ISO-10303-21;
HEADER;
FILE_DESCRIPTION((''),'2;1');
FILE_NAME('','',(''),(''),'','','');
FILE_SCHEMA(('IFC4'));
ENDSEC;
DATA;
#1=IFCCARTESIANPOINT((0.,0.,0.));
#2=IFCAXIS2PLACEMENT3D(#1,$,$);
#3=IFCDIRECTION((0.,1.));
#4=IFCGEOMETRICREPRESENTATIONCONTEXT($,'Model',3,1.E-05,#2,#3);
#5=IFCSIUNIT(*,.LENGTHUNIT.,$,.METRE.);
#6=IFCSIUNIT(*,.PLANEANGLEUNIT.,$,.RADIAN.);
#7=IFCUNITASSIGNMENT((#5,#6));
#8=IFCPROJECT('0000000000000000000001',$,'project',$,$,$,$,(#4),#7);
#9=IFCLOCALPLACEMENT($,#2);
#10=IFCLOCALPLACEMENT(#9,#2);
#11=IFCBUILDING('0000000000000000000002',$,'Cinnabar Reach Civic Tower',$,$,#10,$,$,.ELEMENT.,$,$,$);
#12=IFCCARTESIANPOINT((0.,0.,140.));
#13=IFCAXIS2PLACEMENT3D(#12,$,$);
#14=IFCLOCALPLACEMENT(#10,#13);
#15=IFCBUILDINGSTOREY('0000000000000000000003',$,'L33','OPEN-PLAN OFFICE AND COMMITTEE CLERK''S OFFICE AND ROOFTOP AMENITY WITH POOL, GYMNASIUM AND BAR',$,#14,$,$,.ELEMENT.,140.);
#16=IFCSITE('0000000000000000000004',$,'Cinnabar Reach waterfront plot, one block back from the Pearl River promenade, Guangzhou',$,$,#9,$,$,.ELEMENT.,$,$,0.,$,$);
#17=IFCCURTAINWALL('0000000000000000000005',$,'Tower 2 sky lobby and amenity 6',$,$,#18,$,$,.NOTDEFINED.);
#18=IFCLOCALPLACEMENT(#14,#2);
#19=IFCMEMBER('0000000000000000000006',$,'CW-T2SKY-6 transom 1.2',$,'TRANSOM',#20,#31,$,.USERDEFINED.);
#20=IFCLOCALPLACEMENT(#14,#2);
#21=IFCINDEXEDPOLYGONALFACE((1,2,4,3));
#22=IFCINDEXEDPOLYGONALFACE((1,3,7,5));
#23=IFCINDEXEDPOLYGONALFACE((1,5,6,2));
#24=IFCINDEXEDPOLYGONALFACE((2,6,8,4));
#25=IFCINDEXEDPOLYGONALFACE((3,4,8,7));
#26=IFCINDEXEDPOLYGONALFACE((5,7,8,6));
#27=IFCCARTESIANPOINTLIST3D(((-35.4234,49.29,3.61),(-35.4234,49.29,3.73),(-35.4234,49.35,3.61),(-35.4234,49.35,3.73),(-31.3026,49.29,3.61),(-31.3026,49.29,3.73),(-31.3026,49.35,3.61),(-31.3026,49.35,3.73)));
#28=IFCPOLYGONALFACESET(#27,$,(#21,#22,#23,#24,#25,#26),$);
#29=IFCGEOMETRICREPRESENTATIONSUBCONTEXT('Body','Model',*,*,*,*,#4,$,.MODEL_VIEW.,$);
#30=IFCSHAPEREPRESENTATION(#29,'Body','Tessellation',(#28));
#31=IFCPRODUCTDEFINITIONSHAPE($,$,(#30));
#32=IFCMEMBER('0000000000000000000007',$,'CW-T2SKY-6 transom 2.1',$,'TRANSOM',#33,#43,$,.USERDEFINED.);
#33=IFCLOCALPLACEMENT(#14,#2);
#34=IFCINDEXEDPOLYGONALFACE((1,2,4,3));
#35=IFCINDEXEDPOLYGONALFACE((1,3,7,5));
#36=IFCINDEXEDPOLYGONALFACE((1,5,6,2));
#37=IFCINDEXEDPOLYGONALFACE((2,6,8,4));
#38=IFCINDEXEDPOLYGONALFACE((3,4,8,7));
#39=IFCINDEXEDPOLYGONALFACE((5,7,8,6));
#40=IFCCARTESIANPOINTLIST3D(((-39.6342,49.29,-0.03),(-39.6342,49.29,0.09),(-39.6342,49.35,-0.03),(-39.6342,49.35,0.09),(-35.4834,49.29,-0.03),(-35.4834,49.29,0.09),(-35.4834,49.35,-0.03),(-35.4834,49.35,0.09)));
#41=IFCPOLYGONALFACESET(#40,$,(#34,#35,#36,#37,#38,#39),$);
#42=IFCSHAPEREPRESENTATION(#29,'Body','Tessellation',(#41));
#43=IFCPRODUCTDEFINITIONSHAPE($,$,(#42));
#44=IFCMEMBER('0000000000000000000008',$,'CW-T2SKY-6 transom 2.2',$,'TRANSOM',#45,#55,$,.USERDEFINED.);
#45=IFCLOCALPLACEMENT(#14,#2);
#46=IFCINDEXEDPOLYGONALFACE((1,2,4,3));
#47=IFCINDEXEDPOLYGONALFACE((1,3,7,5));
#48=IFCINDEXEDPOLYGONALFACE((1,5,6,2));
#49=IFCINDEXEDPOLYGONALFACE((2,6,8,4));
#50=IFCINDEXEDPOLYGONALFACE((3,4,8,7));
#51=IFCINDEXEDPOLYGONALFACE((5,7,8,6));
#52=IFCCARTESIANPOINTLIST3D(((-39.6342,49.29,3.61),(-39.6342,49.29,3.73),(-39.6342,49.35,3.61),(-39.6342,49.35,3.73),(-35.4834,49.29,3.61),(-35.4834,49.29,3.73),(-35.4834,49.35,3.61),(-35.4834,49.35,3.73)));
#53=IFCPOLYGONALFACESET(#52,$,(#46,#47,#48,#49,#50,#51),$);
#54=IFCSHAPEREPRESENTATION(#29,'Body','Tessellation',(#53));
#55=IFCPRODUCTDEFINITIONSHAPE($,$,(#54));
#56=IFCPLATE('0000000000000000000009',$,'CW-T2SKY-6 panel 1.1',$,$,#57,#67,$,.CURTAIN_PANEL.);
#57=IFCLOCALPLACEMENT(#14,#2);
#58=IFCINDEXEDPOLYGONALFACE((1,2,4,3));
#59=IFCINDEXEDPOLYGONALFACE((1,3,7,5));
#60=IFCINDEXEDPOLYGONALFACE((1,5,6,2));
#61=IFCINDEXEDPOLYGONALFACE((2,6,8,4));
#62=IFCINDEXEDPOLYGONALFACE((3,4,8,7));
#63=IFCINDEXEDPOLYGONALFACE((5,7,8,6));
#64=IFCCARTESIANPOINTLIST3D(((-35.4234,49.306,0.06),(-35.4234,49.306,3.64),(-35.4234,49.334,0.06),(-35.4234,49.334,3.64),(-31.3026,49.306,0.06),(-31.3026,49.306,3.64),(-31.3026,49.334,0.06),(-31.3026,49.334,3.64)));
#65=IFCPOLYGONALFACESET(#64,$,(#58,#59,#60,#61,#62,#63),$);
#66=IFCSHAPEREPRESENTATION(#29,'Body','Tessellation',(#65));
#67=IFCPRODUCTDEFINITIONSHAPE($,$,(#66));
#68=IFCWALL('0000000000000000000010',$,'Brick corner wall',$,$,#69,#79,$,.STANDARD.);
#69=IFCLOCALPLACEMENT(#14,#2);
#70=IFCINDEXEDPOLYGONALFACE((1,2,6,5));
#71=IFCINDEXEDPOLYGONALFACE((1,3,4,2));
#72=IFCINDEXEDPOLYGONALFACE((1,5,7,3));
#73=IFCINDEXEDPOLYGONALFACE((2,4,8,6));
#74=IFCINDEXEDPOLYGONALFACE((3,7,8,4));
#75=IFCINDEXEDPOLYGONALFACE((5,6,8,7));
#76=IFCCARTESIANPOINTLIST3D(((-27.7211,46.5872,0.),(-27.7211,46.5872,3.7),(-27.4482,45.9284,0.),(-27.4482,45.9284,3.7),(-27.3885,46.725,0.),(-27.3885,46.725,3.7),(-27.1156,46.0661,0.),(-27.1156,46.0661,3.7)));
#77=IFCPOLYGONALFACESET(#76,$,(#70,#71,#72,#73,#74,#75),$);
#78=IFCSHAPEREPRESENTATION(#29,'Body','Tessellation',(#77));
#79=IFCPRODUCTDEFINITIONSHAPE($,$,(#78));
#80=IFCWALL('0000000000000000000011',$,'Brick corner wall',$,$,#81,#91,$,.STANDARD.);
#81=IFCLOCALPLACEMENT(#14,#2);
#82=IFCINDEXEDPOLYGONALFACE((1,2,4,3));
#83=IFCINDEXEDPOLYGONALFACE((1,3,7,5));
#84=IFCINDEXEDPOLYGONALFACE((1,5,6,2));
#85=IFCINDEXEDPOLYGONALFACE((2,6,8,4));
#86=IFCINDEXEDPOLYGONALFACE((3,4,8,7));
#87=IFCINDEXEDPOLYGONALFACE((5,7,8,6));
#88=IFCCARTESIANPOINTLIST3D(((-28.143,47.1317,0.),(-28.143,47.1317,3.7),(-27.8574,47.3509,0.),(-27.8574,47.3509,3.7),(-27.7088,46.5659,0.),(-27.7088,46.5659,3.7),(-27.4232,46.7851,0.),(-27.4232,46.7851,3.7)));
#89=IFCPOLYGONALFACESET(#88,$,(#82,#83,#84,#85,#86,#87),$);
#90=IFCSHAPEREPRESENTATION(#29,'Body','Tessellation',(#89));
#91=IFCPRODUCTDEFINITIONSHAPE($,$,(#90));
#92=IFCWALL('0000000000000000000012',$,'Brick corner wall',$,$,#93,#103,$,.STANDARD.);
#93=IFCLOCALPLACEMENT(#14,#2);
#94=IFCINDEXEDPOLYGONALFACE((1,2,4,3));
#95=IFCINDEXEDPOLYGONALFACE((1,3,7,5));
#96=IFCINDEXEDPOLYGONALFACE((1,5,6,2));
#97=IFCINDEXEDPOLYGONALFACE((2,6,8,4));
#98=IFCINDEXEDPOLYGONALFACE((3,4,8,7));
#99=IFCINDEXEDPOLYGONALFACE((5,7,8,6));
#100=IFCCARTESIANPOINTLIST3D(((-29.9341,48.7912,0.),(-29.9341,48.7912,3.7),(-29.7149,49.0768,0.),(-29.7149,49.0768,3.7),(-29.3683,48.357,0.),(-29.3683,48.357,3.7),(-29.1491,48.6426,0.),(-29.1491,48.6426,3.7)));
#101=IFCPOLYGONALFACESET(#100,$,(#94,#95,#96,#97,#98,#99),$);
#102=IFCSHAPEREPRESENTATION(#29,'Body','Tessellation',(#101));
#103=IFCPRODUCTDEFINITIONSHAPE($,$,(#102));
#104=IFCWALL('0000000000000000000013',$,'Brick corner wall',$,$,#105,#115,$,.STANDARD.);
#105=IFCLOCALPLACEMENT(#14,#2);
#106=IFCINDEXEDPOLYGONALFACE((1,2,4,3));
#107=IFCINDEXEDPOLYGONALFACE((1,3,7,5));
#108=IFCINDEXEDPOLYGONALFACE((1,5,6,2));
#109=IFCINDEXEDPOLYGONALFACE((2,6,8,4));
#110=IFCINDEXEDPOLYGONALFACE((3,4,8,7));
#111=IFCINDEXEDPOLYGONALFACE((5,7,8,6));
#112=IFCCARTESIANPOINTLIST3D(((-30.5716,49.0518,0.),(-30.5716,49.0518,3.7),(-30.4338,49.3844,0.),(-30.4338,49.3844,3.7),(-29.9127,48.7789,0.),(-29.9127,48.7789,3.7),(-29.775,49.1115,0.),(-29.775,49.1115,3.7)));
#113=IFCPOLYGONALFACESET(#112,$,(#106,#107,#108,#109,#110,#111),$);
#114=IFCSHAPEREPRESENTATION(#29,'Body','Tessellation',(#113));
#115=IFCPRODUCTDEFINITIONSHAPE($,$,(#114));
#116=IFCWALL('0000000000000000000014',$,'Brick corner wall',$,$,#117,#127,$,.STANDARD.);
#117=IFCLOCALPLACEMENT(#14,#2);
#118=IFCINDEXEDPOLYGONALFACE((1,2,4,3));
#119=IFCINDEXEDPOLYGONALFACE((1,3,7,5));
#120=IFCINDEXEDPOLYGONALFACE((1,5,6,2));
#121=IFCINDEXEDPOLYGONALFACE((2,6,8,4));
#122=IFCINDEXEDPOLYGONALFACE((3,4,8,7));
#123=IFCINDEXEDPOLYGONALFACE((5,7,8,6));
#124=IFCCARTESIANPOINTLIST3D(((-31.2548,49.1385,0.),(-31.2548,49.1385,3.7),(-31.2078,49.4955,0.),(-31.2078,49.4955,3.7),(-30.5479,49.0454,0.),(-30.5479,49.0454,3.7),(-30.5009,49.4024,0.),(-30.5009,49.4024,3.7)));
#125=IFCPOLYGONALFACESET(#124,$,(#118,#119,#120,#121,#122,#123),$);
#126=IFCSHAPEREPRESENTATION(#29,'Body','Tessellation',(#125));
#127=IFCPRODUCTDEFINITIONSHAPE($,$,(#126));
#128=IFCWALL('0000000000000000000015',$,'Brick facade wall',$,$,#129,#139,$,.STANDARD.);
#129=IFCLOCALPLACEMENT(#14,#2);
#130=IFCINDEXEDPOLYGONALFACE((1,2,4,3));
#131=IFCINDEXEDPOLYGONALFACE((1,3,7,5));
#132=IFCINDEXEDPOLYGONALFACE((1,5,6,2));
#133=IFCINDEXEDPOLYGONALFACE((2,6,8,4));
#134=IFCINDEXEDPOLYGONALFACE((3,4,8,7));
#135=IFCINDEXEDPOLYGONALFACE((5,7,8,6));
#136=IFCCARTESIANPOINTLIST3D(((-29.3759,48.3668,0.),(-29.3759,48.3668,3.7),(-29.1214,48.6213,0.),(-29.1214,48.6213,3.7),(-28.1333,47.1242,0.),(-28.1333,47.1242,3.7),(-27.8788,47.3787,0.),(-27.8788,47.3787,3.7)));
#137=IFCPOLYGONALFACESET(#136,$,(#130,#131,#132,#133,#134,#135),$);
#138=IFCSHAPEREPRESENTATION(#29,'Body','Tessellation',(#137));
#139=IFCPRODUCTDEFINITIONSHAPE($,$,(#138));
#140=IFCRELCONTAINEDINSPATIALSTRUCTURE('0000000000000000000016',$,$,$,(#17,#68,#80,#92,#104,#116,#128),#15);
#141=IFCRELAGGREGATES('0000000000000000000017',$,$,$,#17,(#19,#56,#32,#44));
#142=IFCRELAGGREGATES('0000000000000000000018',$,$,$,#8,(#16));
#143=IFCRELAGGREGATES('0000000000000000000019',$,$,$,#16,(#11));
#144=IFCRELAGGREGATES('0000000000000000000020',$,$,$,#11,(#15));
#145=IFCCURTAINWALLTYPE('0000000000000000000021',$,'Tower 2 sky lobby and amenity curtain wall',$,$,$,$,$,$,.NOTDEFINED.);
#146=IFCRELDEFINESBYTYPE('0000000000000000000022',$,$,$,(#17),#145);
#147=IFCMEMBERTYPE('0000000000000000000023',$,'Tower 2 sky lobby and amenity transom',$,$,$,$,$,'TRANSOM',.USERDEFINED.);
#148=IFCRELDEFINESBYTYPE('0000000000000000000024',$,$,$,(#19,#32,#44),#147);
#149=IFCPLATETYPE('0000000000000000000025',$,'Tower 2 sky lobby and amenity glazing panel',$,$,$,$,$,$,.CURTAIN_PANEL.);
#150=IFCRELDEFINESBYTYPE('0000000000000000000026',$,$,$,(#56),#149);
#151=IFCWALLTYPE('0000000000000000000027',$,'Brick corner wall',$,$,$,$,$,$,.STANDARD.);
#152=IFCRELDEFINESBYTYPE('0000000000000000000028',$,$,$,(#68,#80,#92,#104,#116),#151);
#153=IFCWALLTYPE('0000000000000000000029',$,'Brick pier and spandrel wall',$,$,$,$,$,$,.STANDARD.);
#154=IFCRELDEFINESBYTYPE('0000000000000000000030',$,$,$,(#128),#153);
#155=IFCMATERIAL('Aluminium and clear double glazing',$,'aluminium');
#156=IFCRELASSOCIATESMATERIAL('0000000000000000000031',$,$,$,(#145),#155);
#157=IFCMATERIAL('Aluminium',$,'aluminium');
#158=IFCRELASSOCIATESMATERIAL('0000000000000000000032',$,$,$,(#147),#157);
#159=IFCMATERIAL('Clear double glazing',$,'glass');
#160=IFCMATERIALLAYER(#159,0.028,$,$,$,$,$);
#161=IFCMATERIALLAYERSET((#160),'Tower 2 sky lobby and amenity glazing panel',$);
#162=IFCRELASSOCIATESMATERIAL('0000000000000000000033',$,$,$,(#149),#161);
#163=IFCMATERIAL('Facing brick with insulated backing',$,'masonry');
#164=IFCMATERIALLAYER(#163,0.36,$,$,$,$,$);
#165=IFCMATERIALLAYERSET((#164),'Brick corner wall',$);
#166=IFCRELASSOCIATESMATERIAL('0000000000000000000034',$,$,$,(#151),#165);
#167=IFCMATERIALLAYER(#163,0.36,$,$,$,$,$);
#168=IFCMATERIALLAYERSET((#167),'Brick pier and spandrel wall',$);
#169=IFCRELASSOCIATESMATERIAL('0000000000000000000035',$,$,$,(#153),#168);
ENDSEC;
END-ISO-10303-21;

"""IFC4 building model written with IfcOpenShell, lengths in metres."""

from ifc_helpers import new_model, si_unit, direction, frame, frame_2d, origin, origin_2d, place, context, subcontext, project, spatial, rectangle, extrude, material, layer, layer_set, material_profile, profile_set, type_object, element, aggregate, save


model = new_model("IFC4")

# Units and contexts
model_context = context("Model", 3, precision=1e-05, world=origin(), true_north=direction((0.0, 1.0)))
body_context = subcontext(model_context, "Body", "Model", "MODEL_VIEW")
ifc_project = project(units=[si_unit("LENGTHUNIT", "METRE"), si_unit("PLANEANGLEUNIT", "RADIAN")], contexts=[model_context])

# Site, building, storey
site_placement = place(None, origin())
site = spatial("IfcSite", under=ifc_project, at=site_placement, Name="Cinnabar Reach waterfront plot, one block back from the Pearl River promenade, Guangzhou", CompositionType="ELEMENT", RefElevation=0.0)
building_placement = place(site_placement, origin())
building = spatial("IfcBuilding", under=site, at=building_placement, Name="Cinnabar Reach Civic Tower", CompositionType="ELEMENT")
storey_placement = place(building_placement, frame((0.0, 0.0, 140.0)))
storey = spatial("IfcBuildingStorey", under=building, at=storey_placement, Name="L33", Description="OPEN-PLAN OFFICE AND COMMITTEE CLERK'S OFFICE AND ROOFTOP AMENITY WITH POOL, GYMNASIUM AND BAR", CompositionType="ELEMENT", Elevation=140.0)

# Curtain wall, members, plate
ifc_material_1 = material(Name="Aluminium and clear double glazing", Category="aluminium")
curtain_wall_type = type_object("IfcCurtainWallType", Name="Tower 2 sky lobby and amenity curtain wall", PredefinedType="NOTDEFINED", material=ifc_material_1)
curtain_wall_placement = place(storey_placement, origin())
curtain_wall = element("IfcCurtainWall", 1, at=curtain_wall_placement, inside=storey, type_object=curtain_wall_type, Name="Tower 2 sky lobby and amenity 6", PredefinedType="NOTDEFINED")
ifc_material_2 = material(Name="Aluminium", Category="aluminium")
ifc_material_profile_1 = material_profile(ifc_material_2, rectangle(XDim=0.06, YDim=0.12, at=origin_2d()), Name="Tower 2 sky lobby and amenity transom")
ifc_profile_set_1 = profile_set([ifc_material_profile_1], Name="Aluminium")
member_type_1 = type_object("IfcMemberType", Name="Tower 2 sky lobby and amenity transom", ElementType="TRANSOM", PredefinedType="USERDEFINED", material=ifc_profile_set_1)
member_1_placement = place(storey_placement, frame((-31.3026, 49.32, 3.67), z_axis=(-1.0, 0.0, 0.0), x_axis=(0.0, -1.0, 0.0)))
member_1 = element("IfcMember", 2, at=member_1_placement, type_object=member_type_1, Name="CW-T2SKY-6 transom 1.2", ObjectType="TRANSOM", PredefinedType="USERDEFINED", context=body_context, shape_type="SweptSolid", body=[
    extrude(rectangle(XDim=0.06, YDim=0.12, at=origin_2d()), origin(), (0.0, 0.0, 1.0), 4.1208),
])
member_2_placement = place(storey_placement, frame((-35.4834, 49.32, 0.03), z_axis=(-1.0, 0.0, 0.0), x_axis=(0.0, -1.0, 0.0)))
member_2 = element("IfcMember", 3, at=member_2_placement, type_object=member_type_1, Name="CW-T2SKY-6 transom 2.1", ObjectType="TRANSOM", PredefinedType="USERDEFINED", context=body_context, shape_type="SweptSolid", body=[
    extrude(rectangle(XDim=0.06, YDim=0.12, at=origin_2d()), origin(), (0.0, 0.0, 1.0), 4.1508),
])
member_3_placement = place(storey_placement, frame((-35.4834, 49.32, 3.67), z_axis=(-1.0, 0.0, 0.0), x_axis=(0.0, -1.0, 0.0)))
member_3 = element("IfcMember", 4, at=member_3_placement, type_object=member_type_1, Name="CW-T2SKY-6 transom 2.2", ObjectType="TRANSOM", PredefinedType="USERDEFINED", context=body_context, shape_type="SweptSolid", body=[
    extrude(rectangle(XDim=0.06, YDim=0.12, at=origin_2d()), origin(), (0.0, 0.0, 1.0), 4.1508),
])
ifc_material_3 = material(Name="Clear double glazing", Category="glass")
ifc_layer_1 = layer(ifc_material_3, 0.028)
ifc_layer_set_1 = layer_set([ifc_layer_1], Name="Tower 2 sky lobby and amenity glazing panel")
plate_type = type_object("IfcPlateType", Name="Tower 2 sky lobby and amenity glazing panel", PredefinedType="CURTAIN_PANEL", material=ifc_layer_set_1)
plate_placement = place(storey_placement, frame((-33.363, 49.32, 0.06), z_axis=(0.0, 0.0, 1.0), x_axis=(-1.0, 0.0, 0.0)))
plate = element("IfcPlate", 5, at=plate_placement, type_object=plate_type, Name="CW-T2SKY-6 panel 1.1", PredefinedType="CURTAIN_PANEL", context=body_context, shape_type="SweptSolid", body=[
    extrude(rectangle(XDim=4.1208, YDim=0.028, at=origin_2d()), origin(), (0.0, 0.0, 1.0), 3.58),
])
aggregate(curtain_wall, [member_1, plate, member_2, member_3])

# Walls
ifc_material_4 = material(Name="Facing brick with insulated backing", Category="masonry")
ifc_layer_2 = layer(ifc_material_4, 0.36)
ifc_layer_set_2 = layer_set([ifc_layer_2], Name="Brick corner wall")
wall_type_1 = type_object("IfcWallType", Name="Brick corner wall", PredefinedType="STANDARD", material=ifc_layer_set_2)
wall_1_placement = place(storey_placement, frame((-27.2819, 45.9973, 0.0), z_axis=(0.0, 0.0, 1.0), x_axis=(-0.382703, 0.923872, 0.0)))
element("IfcWall", 6, at=wall_1_placement, inside=storey, type_object=wall_type_1, Name="Brick corner wall", PredefinedType="STANDARD", context=body_context, shape_type="SweptSolid", body=[
    extrude(rectangle(XDim=0.7131, YDim=0.36, at=frame_2d((0.3565, 0.0))), origin(), (0.0, 0.0, 1.0), 3.7),
])
for number, where, z_axis, x_axis, name in (
    (7, (-27.566, 46.6755, 0.0), (0.0, 0.0, 1.0), (-0.608802, 0.793322, 0.0), "Brick corner wall"),
    (8, (-29.2587, 48.4998, 0.0), (0.0, 0.0, 1.0), (-0.793322, 0.608802, 0.0), "Brick corner wall"),
):
    element("IfcWall", number, at=place(storey_placement, frame(where, z_axis=z_axis, x_axis=x_axis)), inside=storey, type_object=wall_type_1, Name=name, PredefinedType="STANDARD", context=body_context, shape_type="SweptSolid", body=[
        extrude(rectangle(XDim=0.7132, YDim=0.36, at=frame_2d((0.3566, 0.0))), origin(), (0.0, 0.0, 1.0), 3.7),
    ])
for number, where, z_axis, x_axis, name in (
    (9, (-29.8439, 48.9452, 0.0), (0.0, 0.0, 1.0), (-0.923872, 0.382703, 0.0), "Brick corner wall"),
    (10, (-30.5244, 49.2239, 0.0), (0.0, 0.0, 1.0), (-0.991441, 0.130556, 0.0), "Brick corner wall"),
):
    element("IfcWall", number, at=place(storey_placement, frame(where, z_axis=z_axis, x_axis=x_axis)), inside=storey, type_object=wall_type_1, Name=name, PredefinedType="STANDARD", context=body_context, shape_type="SweptSolid", body=[
        extrude(rectangle(XDim=0.7131, YDim=0.36, at=frame_2d((0.3565, 0.0))), origin(), (0.0, 0.0, 1.0), 3.7),
    ])
ifc_layer_3 = layer(ifc_material_4, 0.36)
ifc_layer_set_3 = layer_set([ifc_layer_3], Name="Brick pier and spandrel wall")
wall_type_2 = type_object("IfcWallType", Name="Brick pier and spandrel wall", PredefinedType="STANDARD", material=ifc_layer_set_3)
wall_2_placement = place(storey_placement, frame((-28.006, 47.2514, 0.0), z_axis=(0.0, 0.0, 1.0), x_axis=(-0.707107, 0.707107, 0.0)))
element("IfcWall", 11, at=wall_2_placement, inside=storey, type_object=wall_type_2, Name="Brick facade wall", PredefinedType="STANDARD", context=body_context, shape_type="SweptSolid", body=[
    extrude(rectangle(XDim=1.7573, YDim=0.36, at=frame_2d((0.8787, 0.0))), origin(), (0.0, 0.0, 1.0), 3.7),
])

save(model, "model.ifc")
